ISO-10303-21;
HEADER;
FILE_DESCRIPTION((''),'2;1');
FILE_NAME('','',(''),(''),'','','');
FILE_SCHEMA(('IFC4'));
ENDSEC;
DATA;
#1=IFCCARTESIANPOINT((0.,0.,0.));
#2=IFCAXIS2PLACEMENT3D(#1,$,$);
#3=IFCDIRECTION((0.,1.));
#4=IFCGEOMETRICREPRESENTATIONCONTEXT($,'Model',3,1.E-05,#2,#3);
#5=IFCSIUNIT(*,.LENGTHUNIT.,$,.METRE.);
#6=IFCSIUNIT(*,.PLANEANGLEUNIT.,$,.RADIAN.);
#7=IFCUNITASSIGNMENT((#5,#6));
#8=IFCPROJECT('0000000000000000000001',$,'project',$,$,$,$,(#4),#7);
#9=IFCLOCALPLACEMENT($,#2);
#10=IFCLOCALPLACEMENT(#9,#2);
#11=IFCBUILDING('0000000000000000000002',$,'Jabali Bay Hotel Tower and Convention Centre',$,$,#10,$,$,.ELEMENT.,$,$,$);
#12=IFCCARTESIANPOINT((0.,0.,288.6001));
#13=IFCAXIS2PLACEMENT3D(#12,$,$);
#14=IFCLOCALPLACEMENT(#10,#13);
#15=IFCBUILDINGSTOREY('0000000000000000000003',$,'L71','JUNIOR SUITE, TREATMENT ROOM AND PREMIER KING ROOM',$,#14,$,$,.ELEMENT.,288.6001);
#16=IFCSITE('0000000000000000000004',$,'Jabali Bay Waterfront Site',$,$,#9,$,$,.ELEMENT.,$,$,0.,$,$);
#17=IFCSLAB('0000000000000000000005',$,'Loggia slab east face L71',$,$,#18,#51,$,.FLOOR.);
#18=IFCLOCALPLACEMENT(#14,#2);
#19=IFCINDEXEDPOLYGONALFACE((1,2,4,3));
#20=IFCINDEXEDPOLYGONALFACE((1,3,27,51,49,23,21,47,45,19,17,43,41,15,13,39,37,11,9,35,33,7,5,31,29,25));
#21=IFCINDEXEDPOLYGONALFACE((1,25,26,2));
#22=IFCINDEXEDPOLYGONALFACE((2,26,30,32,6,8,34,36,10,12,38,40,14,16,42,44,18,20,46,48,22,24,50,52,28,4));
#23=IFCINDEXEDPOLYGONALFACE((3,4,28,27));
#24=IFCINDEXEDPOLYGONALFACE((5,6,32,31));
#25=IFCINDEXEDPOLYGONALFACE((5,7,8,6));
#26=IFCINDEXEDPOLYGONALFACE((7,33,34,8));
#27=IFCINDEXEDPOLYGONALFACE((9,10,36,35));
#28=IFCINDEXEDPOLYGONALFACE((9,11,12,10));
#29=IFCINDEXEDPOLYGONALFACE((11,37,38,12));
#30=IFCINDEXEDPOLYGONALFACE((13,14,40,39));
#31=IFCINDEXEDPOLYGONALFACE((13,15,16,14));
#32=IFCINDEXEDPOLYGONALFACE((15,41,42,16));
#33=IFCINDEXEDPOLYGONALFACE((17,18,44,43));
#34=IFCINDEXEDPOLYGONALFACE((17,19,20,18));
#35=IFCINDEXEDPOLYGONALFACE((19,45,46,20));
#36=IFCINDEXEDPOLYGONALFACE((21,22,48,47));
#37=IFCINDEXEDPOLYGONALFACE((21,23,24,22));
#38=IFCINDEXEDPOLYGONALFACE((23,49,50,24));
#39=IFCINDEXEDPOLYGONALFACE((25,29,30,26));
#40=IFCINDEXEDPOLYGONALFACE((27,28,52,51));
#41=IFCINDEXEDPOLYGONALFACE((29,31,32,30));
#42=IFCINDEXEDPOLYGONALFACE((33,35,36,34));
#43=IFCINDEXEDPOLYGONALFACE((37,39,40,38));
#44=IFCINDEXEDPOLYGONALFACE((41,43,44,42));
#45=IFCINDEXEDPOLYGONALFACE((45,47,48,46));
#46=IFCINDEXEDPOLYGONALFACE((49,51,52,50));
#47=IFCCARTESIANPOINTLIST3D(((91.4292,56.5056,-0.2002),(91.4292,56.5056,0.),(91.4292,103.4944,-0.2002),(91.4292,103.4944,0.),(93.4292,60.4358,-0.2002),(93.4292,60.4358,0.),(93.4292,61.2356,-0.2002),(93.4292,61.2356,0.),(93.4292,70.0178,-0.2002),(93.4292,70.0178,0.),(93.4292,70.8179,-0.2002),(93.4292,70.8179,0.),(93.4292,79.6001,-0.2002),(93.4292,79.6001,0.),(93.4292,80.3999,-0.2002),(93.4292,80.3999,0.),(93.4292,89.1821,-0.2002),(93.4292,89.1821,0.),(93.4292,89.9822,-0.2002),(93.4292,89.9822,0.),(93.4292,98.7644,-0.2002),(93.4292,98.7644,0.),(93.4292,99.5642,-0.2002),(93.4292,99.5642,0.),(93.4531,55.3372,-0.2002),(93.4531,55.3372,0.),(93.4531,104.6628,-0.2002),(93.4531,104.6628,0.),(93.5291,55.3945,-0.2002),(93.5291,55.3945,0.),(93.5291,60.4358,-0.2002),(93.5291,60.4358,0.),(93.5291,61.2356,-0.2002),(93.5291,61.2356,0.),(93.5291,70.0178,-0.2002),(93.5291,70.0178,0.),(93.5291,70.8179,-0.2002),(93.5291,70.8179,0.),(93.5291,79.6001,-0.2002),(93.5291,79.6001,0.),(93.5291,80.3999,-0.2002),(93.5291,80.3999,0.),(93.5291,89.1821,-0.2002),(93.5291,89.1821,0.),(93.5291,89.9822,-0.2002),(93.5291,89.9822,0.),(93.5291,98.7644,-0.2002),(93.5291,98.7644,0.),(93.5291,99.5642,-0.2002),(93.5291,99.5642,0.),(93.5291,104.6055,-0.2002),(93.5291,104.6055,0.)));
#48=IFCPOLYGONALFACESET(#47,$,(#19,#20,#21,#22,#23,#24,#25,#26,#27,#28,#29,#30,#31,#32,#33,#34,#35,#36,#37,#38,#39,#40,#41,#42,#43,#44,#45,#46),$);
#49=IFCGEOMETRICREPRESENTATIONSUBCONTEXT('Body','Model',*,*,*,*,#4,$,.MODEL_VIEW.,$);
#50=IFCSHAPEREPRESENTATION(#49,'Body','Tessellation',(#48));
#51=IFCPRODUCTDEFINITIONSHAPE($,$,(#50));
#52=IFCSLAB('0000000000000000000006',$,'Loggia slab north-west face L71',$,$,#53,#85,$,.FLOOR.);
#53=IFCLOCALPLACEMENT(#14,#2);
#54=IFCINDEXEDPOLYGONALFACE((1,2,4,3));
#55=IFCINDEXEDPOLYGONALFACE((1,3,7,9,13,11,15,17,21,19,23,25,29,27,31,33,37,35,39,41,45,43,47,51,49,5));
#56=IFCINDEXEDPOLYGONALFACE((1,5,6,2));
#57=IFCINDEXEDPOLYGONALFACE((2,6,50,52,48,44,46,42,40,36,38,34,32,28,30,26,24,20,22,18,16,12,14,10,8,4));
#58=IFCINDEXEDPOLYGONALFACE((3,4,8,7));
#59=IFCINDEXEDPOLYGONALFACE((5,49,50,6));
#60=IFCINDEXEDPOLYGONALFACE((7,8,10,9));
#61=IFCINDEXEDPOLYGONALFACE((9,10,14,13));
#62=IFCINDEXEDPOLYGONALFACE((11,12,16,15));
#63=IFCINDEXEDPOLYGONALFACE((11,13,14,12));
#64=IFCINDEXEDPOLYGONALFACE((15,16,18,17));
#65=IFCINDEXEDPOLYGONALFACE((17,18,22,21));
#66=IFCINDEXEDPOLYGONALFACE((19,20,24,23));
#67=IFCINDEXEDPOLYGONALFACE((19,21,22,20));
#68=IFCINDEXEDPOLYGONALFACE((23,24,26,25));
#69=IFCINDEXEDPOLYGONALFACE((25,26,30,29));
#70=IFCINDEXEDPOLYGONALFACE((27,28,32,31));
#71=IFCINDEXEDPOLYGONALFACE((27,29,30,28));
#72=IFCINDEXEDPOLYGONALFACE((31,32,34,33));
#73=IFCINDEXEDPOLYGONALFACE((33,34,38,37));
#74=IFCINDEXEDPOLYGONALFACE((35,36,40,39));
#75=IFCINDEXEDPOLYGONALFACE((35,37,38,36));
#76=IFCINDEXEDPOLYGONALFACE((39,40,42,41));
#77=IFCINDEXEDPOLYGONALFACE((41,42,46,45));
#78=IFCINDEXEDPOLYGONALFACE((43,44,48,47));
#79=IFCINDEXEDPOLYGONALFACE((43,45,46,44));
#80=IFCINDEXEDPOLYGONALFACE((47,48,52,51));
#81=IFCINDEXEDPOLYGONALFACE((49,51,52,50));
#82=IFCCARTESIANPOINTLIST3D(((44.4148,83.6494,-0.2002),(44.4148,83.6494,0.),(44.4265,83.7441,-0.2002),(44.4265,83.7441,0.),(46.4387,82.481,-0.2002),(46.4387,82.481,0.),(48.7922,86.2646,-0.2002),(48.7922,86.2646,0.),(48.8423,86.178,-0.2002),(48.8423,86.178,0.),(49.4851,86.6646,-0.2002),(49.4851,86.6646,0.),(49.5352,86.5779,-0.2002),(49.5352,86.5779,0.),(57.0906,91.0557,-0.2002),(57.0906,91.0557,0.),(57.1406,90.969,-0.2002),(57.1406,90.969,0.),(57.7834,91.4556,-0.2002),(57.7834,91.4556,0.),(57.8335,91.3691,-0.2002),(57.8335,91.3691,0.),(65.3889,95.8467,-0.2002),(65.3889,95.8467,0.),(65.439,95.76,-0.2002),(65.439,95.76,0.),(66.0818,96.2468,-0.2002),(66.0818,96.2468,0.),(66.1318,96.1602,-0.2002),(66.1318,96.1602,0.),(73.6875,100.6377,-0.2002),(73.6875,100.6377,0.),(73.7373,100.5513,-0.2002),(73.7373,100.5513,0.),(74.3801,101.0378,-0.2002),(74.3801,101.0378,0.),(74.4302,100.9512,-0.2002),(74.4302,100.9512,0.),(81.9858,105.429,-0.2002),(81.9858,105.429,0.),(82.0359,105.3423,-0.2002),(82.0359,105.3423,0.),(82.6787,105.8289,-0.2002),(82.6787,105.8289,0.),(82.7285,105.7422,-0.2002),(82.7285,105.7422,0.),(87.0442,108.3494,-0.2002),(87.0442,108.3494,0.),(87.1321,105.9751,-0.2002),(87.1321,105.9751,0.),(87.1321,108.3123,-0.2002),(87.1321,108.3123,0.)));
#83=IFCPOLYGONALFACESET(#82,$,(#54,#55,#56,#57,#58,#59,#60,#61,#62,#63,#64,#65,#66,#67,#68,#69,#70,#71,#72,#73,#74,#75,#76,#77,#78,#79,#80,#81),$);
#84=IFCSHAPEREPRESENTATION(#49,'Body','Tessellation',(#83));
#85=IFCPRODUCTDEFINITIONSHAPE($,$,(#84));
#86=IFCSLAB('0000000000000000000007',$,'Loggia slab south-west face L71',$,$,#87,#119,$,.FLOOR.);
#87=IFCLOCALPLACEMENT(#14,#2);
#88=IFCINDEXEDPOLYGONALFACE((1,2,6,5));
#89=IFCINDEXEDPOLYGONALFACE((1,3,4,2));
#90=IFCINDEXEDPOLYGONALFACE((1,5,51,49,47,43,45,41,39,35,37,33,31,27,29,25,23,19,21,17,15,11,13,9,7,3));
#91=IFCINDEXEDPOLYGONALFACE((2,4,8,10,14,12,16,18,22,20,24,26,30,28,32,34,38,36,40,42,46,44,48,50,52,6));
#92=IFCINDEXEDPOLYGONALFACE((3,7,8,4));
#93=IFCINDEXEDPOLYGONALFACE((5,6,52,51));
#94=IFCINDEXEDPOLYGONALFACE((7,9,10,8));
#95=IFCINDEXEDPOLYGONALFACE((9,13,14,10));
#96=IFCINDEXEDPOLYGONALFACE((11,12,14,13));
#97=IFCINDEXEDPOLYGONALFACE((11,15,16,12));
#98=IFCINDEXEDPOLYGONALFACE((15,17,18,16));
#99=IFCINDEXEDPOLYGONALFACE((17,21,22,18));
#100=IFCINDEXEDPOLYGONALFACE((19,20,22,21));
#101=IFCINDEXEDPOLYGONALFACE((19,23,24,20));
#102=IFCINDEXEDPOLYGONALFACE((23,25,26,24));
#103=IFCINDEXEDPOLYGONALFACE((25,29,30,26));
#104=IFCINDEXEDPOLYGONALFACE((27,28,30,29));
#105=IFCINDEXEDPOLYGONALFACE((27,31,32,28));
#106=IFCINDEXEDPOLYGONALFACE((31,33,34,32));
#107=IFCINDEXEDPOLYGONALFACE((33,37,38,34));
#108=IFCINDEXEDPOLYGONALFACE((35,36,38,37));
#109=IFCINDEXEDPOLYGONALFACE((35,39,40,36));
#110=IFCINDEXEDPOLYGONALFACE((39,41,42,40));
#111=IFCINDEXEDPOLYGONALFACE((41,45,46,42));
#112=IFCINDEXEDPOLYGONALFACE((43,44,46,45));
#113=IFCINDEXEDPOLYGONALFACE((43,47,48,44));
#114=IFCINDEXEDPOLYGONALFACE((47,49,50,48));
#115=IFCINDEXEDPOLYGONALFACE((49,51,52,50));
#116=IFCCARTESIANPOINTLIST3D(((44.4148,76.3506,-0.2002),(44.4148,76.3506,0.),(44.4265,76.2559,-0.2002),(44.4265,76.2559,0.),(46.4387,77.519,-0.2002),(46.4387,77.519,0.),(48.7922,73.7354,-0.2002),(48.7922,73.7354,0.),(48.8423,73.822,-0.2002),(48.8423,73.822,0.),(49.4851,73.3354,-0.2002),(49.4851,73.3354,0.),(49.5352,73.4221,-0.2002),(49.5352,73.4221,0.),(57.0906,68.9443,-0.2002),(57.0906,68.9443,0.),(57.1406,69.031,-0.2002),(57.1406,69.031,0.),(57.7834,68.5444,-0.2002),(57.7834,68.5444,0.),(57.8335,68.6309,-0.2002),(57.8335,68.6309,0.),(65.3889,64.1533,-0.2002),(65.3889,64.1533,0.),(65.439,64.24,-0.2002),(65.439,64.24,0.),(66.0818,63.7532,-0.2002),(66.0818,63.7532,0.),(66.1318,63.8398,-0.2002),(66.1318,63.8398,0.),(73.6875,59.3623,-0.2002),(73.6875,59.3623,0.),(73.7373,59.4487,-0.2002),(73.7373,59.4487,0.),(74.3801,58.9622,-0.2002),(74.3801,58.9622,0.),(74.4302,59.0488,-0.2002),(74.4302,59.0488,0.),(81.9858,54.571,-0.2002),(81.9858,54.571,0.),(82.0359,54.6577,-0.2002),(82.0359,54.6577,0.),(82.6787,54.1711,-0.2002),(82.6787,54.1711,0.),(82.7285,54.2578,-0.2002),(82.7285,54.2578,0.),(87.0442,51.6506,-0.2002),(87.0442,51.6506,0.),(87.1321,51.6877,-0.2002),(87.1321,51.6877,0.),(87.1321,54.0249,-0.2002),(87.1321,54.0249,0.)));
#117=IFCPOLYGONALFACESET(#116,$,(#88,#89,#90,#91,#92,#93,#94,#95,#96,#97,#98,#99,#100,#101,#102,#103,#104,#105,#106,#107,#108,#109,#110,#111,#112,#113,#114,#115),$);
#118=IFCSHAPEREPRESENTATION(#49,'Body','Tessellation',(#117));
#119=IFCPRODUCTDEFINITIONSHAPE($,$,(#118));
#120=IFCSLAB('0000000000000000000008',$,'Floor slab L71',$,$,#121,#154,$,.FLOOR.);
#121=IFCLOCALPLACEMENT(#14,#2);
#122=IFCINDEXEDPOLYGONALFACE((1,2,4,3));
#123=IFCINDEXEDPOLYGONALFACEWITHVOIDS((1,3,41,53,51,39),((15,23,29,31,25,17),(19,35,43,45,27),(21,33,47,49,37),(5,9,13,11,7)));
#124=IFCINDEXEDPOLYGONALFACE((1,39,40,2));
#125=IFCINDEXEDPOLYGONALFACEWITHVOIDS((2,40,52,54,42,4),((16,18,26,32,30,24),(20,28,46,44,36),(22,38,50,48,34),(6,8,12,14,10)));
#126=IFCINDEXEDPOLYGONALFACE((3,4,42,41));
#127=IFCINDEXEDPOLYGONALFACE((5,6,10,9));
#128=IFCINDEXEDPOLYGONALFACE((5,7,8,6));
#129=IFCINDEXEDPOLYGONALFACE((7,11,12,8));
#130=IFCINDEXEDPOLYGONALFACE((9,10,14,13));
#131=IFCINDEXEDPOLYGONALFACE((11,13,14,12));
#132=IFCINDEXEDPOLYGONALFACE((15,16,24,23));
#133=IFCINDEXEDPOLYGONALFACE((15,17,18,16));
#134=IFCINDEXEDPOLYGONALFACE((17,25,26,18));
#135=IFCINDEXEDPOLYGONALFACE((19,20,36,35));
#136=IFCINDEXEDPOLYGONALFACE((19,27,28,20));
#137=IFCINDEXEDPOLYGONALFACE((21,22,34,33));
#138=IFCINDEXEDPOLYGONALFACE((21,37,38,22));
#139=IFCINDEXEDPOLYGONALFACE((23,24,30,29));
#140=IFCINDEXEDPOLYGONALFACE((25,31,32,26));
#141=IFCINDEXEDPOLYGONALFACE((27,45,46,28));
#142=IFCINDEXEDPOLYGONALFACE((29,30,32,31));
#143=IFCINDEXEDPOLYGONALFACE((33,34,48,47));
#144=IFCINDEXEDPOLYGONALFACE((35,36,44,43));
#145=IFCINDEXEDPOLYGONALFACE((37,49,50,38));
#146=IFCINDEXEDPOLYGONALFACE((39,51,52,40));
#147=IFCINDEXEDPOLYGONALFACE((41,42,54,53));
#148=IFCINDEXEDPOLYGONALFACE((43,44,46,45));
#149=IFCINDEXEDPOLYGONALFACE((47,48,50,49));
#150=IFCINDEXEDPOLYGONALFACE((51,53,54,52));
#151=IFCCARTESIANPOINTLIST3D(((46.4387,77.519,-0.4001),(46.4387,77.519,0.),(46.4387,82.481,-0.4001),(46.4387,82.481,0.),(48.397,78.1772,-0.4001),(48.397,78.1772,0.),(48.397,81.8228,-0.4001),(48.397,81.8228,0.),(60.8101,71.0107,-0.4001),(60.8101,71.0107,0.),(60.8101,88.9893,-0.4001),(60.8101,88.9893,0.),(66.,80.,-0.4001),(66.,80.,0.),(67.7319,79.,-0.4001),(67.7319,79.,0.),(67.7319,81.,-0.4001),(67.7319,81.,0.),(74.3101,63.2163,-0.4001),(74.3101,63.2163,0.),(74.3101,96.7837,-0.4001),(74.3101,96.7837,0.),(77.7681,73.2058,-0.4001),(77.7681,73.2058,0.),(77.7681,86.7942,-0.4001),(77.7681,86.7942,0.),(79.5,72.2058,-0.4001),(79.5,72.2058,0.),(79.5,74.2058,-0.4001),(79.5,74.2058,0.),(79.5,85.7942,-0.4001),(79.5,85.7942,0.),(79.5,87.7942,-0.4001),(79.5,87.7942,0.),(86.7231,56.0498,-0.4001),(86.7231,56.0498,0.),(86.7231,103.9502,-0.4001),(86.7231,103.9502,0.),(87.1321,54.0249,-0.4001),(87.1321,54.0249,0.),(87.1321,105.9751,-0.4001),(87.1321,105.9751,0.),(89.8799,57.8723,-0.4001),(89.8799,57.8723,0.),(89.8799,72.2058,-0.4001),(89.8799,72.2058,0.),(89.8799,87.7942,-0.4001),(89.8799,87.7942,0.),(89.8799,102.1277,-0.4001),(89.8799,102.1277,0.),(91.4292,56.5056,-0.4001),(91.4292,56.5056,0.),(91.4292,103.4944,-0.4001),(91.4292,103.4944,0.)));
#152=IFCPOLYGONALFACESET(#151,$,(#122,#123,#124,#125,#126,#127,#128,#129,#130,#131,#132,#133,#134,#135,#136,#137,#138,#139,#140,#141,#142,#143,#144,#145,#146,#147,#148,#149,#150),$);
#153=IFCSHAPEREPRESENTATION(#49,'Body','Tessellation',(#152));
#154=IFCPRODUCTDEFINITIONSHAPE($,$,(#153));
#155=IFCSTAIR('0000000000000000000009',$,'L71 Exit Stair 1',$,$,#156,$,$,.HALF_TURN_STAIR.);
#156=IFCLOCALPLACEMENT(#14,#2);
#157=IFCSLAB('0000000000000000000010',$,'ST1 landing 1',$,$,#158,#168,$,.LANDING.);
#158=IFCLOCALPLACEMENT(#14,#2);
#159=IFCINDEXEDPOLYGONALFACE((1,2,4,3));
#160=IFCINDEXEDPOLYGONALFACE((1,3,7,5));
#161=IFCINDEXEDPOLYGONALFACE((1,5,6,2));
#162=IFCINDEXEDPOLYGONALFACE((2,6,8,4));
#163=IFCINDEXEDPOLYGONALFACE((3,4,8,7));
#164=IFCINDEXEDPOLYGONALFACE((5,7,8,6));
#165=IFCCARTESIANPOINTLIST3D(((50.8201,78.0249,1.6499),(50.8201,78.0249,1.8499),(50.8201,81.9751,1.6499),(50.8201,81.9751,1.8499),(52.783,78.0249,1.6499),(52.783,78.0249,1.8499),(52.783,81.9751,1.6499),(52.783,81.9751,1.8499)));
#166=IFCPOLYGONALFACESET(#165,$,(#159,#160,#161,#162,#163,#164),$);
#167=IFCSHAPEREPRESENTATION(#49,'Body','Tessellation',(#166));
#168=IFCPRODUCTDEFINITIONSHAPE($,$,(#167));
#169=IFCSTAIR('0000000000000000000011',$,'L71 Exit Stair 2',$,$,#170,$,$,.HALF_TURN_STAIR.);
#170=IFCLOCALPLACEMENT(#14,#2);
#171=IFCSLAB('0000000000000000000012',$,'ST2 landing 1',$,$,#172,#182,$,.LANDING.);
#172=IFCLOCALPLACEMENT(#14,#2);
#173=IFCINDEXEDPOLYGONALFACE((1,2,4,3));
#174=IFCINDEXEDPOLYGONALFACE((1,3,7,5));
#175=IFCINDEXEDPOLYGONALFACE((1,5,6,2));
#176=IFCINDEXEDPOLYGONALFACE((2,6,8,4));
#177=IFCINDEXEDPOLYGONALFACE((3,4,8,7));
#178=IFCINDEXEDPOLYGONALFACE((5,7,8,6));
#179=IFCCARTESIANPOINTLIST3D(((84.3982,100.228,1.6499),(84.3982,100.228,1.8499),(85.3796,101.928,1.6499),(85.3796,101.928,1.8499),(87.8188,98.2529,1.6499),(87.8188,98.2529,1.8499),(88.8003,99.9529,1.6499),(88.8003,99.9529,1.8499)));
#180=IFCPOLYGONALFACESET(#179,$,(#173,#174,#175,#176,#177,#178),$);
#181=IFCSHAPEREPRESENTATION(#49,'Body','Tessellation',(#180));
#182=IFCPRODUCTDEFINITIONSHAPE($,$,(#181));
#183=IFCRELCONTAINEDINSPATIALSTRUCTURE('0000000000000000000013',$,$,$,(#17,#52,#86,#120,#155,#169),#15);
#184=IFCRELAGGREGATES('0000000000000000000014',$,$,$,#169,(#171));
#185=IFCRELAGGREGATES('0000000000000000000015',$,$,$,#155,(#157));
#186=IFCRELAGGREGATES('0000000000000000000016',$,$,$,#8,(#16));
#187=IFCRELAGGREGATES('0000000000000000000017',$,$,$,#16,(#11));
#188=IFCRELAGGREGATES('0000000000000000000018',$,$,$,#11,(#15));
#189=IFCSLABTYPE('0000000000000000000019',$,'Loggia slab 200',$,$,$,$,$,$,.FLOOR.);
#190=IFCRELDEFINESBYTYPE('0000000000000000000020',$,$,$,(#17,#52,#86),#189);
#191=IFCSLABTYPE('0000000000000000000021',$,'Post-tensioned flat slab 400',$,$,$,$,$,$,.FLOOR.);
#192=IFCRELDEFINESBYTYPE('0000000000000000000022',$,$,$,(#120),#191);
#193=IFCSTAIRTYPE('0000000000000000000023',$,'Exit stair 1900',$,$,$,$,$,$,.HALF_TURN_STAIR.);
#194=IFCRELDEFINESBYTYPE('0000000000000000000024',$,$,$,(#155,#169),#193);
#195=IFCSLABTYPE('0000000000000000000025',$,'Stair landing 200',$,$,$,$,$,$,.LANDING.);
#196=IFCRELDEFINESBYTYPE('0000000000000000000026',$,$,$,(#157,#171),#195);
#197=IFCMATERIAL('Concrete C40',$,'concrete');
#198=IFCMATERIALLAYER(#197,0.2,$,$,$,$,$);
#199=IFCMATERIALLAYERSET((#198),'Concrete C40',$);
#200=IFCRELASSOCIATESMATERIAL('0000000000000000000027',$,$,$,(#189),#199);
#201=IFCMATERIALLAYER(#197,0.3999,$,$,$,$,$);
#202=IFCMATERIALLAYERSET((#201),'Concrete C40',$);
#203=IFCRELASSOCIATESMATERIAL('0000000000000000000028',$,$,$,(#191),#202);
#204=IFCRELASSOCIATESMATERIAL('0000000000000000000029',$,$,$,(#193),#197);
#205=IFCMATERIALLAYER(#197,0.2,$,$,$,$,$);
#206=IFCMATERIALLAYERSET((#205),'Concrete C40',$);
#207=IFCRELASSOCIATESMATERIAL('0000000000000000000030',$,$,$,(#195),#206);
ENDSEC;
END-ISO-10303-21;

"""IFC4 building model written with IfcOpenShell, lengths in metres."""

from ifc_helpers import new_model, si_unit, direction, frame, origin, place, context, subcontext, project, spatial, polyline, outline, extrude, material, layer, layer_set, type_object, element, aggregate, save


model = new_model("IFC4")

# Units and contexts
model_context = context("Model", 3, precision=1e-05, world=origin(), true_north=direction((0.0, 1.0)))
body_context = subcontext(model_context, "Body", "Model", "MODEL_VIEW")
ifc_project = project(units=[si_unit("LENGTHUNIT", "METRE"), si_unit("PLANEANGLEUNIT", "RADIAN")], contexts=[model_context])

# Site, building, storey
site_placement = place(None, origin())
site = spatial("IfcSite", under=ifc_project, at=site_placement, Name="Jabali Bay Waterfront Site", CompositionType="ELEMENT", RefElevation=0.0)
building_placement = place(site_placement, origin())
building = spatial("IfcBuilding", under=site, at=building_placement, Name="Jabali Bay Hotel Tower and Convention Centre", CompositionType="ELEMENT")
storey_placement = place(building_placement, frame((0.0, 0.0, 288.6001)))
storey = spatial("IfcBuildingStorey", under=building, at=storey_placement, Name="L71", Description="JUNIOR SUITE, TREATMENT ROOM AND PREMIER KING ROOM", CompositionType="ELEMENT", Elevation=288.6001)

# Slabs
ifc_material_1 = material(Name="Concrete C40", Category="concrete")
ifc_layer_1 = layer(ifc_material_1, 0.2)
ifc_layer_set_1 = layer_set([ifc_layer_1], Name="Concrete C40")
slab_type_1 = type_object("IfcSlabType", Name="Loggia slab 200", PredefinedType="FLOOR", material=ifc_layer_set_1)
slab_1_placement = place(storey_placement, frame((0.0, 0.0, -0.2002)))
element("IfcSlab", 1, at=slab_1_placement, inside=storey, type_object=slab_type_1, Name="Loggia slab east face L71", PredefinedType="FLOOR", context=body_context, shape_type="SweptSolid", body=[
    extrude(outline(polyline([(91.4292, 103.4944), (93.4531, 104.6628), (93.5291, 104.6055), (93.5291, 99.5642), (93.4292, 99.5642), (93.4292, 98.7644), (93.5291, 98.7644), (93.5291, 89.9822), (93.4292, 89.9822), (93.4292, 89.1821), (93.5291, 89.1821), (93.5291, 80.3999), (93.4292, 80.3999), (93.4292, 79.6001), (93.5291, 79.6001), (93.5291, 70.8179), (93.4292, 70.8179), (93.4292, 70.0178), (93.5291, 70.0178), (93.5291, 61.2356), (93.4292, 61.2356), (93.4292, 60.4358), (93.5291, 60.4358), (93.5291, 55.3945), (93.4531, 55.3372), (91.4292, 56.5056), (91.4292, 103.4944)])), origin(), (0.0, 0.0, 1.0), 0.2002),
])
slab_2_placement = place(storey_placement, frame((0.0, 0.0, -0.2002)))
element("IfcSlab", 2, at=slab_2_placement, inside=storey, type_object=slab_type_1, Name="Loggia slab north-west face L71", PredefinedType="FLOOR", context=body_context, shape_type="SweptSolid", body=[
    extrude(outline(polyline([(46.4387, 82.481), (44.4148, 83.6494), (44.4265, 83.7441), (48.7922, 86.2646), (48.8423, 86.178), (49.5352, 86.5779), (49.4851, 86.6646), (57.0906, 91.0557), (57.1406, 90.969), (57.8335, 91.3691), (57.7834, 91.4556), (65.3889, 95.8467), (65.439, 95.76), (66.1318, 96.1602), (66.0818, 96.2468), (73.6875, 100.6377), (73.7373, 100.5513), (74.4302, 100.9512), (74.3801, 101.0378), (81.9858, 105.429), (82.0359, 105.3423), (82.7285, 105.7422), (82.6787, 105.8289), (87.0442, 108.3494), (87.1321, 108.3123), (87.1321, 105.9751), (46.4387, 82.481)])), origin(), (0.0, 0.0, 1.0), 0.2002),
])
slab_3_placement = place(storey_placement, frame((0.0, 0.0, -0.2002)))
element("IfcSlab", 3, at=slab_3_placement, inside=storey, type_object=slab_type_1, Name="Loggia slab south-west face L71", PredefinedType="FLOOR", context=body_context, shape_type="SweptSolid", body=[
    extrude(outline(polyline([(87.1321, 54.0249), (87.1321, 51.6877), (87.0442, 51.6506), (82.6787, 54.1711), (82.7285, 54.2578), (82.0359, 54.6577), (81.9858, 54.571), (74.3801, 58.9622), (74.4302, 59.0488), (73.7373, 59.4487), (73.6875, 59.3623), (66.0818, 63.7532), (66.1318, 63.8398), (65.439, 64.24), (65.3889, 64.1533), (57.7834, 68.5444), (57.8335, 68.6309), (57.1406, 69.031), (57.0906, 68.9443), (49.4851, 73.3354), (49.5352, 73.4221), (48.8423, 73.822), (48.7922, 73.7354), (44.4265, 76.2559), (44.4148, 76.3506), (46.4387, 77.519), (87.1321, 54.0249)])), origin(), (0.0, 0.0, 1.0), 0.2002),
])
ifc_layer_2 = layer(ifc_material_1, 0.3999)
ifc_layer_set_2 = layer_set([ifc_layer_2], Name="Concrete C40")
slab_type_2 = type_object("IfcSlabType", Name="Post-tensioned flat slab 400", PredefinedType="FLOOR", material=ifc_layer_set_2)
slab_4_placement = place(storey_placement, frame((0.0, 0.0, -0.4001)))
element("IfcSlab", 4, at=slab_4_placement, inside=storey, type_object=slab_type_2, Name="Floor slab L71", PredefinedType="FLOOR", context=body_context, shape_type="SweptSolid", body=[
    extrude(outline(polyline([(87.1321, 105.9751), (91.4292, 103.4944), (91.4292, 56.5056), (87.1321, 54.0249), (46.4387, 77.519), (46.4387, 82.481), (87.1321, 105.9751)]), holes=[polyline([(67.7319, 79.0), (77.7681, 73.2058), (79.5, 74.2058), (79.5, 85.7942), (77.7681, 86.7942), (67.7319, 81.0), (67.7319, 79.0)]), polyline([(48.397, 78.1772), (60.8101, 71.0107), (66.0, 80.0), (60.8101, 88.9893), (48.397, 81.8228), (48.397, 78.1772)]), polyline([(89.8799, 102.1277), (86.7231, 103.9502), (74.3101, 96.7837), (79.5, 87.7942), (89.8799, 87.7942), (89.8799, 102.1277)]), polyline([(74.3101, 63.2163), (86.7231, 56.0498), (89.8799, 57.8723), (89.8799, 72.2058), (79.5, 72.2058), (74.3101, 63.2163)])]), origin(), (0.0, 0.0, 1.0), 0.4001),
])

# Stairs, slabs
stair_type = type_object("IfcStairType", Name="Exit stair 1900", PredefinedType="HALF_TURN_STAIR", material=ifc_material_1)
stair_1_placement = place(storey_placement, origin())
stair_1 = element("IfcStair", 5, at=stair_1_placement, inside=storey, type_object=stair_type, Name="L71 Exit Stair 1", PredefinedType="HALF_TURN_STAIR")
ifc_layer_3 = layer(ifc_material_1, 0.2)
ifc_layer_set_3 = layer_set([ifc_layer_3], Name="Concrete C40")
slab_type_3 = type_object("IfcSlabType", Name="Stair landing 200", PredefinedType="LANDING", material=ifc_layer_set_3)
slab_5_placement = place(storey_placement, frame((0.0, 0.0, 1.6499)))
slab_5 = element("IfcSlab", 6, at=slab_5_placement, type_object=slab_type_3, Name="ST1 landing 1", PredefinedType="LANDING", context=body_context, shape_type="SweptSolid", body=[
    extrude(outline(polyline([(52.783, 81.9751), (50.8201, 81.9751), (50.8201, 78.0249), (52.783, 78.0249), (52.783, 81.9751)])), origin(), (0.0, 0.0, 1.0), 0.2),
])
stair_2_placement = place(storey_placement, origin())
stair_2 = element("IfcStair", 7, at=stair_2_placement, inside=storey, type_object=stair_type, Name="L71 Exit Stair 2", PredefinedType="HALF_TURN_STAIR")
slab_6_placement = place(storey_placement, frame((0.0, 0.0, 1.6499)))
slab_6 = element("IfcSlab", 8, at=slab_6_placement, type_object=slab_type_3, Name="ST2 landing 1", PredefinedType="LANDING", context=body_context, shape_type="SweptSolid", body=[
    extrude(outline(polyline([(87.8188, 98.2529), (88.8003, 99.9529), (85.3796, 101.928), (84.3982, 100.228), (87.8188, 98.2529)])), origin(), (0.0, 0.0, 1.0), 0.2),
])
aggregate(stair_2, [slab_6])

aggregate(stair_1, [slab_5])

save(model, "model.ifc")
